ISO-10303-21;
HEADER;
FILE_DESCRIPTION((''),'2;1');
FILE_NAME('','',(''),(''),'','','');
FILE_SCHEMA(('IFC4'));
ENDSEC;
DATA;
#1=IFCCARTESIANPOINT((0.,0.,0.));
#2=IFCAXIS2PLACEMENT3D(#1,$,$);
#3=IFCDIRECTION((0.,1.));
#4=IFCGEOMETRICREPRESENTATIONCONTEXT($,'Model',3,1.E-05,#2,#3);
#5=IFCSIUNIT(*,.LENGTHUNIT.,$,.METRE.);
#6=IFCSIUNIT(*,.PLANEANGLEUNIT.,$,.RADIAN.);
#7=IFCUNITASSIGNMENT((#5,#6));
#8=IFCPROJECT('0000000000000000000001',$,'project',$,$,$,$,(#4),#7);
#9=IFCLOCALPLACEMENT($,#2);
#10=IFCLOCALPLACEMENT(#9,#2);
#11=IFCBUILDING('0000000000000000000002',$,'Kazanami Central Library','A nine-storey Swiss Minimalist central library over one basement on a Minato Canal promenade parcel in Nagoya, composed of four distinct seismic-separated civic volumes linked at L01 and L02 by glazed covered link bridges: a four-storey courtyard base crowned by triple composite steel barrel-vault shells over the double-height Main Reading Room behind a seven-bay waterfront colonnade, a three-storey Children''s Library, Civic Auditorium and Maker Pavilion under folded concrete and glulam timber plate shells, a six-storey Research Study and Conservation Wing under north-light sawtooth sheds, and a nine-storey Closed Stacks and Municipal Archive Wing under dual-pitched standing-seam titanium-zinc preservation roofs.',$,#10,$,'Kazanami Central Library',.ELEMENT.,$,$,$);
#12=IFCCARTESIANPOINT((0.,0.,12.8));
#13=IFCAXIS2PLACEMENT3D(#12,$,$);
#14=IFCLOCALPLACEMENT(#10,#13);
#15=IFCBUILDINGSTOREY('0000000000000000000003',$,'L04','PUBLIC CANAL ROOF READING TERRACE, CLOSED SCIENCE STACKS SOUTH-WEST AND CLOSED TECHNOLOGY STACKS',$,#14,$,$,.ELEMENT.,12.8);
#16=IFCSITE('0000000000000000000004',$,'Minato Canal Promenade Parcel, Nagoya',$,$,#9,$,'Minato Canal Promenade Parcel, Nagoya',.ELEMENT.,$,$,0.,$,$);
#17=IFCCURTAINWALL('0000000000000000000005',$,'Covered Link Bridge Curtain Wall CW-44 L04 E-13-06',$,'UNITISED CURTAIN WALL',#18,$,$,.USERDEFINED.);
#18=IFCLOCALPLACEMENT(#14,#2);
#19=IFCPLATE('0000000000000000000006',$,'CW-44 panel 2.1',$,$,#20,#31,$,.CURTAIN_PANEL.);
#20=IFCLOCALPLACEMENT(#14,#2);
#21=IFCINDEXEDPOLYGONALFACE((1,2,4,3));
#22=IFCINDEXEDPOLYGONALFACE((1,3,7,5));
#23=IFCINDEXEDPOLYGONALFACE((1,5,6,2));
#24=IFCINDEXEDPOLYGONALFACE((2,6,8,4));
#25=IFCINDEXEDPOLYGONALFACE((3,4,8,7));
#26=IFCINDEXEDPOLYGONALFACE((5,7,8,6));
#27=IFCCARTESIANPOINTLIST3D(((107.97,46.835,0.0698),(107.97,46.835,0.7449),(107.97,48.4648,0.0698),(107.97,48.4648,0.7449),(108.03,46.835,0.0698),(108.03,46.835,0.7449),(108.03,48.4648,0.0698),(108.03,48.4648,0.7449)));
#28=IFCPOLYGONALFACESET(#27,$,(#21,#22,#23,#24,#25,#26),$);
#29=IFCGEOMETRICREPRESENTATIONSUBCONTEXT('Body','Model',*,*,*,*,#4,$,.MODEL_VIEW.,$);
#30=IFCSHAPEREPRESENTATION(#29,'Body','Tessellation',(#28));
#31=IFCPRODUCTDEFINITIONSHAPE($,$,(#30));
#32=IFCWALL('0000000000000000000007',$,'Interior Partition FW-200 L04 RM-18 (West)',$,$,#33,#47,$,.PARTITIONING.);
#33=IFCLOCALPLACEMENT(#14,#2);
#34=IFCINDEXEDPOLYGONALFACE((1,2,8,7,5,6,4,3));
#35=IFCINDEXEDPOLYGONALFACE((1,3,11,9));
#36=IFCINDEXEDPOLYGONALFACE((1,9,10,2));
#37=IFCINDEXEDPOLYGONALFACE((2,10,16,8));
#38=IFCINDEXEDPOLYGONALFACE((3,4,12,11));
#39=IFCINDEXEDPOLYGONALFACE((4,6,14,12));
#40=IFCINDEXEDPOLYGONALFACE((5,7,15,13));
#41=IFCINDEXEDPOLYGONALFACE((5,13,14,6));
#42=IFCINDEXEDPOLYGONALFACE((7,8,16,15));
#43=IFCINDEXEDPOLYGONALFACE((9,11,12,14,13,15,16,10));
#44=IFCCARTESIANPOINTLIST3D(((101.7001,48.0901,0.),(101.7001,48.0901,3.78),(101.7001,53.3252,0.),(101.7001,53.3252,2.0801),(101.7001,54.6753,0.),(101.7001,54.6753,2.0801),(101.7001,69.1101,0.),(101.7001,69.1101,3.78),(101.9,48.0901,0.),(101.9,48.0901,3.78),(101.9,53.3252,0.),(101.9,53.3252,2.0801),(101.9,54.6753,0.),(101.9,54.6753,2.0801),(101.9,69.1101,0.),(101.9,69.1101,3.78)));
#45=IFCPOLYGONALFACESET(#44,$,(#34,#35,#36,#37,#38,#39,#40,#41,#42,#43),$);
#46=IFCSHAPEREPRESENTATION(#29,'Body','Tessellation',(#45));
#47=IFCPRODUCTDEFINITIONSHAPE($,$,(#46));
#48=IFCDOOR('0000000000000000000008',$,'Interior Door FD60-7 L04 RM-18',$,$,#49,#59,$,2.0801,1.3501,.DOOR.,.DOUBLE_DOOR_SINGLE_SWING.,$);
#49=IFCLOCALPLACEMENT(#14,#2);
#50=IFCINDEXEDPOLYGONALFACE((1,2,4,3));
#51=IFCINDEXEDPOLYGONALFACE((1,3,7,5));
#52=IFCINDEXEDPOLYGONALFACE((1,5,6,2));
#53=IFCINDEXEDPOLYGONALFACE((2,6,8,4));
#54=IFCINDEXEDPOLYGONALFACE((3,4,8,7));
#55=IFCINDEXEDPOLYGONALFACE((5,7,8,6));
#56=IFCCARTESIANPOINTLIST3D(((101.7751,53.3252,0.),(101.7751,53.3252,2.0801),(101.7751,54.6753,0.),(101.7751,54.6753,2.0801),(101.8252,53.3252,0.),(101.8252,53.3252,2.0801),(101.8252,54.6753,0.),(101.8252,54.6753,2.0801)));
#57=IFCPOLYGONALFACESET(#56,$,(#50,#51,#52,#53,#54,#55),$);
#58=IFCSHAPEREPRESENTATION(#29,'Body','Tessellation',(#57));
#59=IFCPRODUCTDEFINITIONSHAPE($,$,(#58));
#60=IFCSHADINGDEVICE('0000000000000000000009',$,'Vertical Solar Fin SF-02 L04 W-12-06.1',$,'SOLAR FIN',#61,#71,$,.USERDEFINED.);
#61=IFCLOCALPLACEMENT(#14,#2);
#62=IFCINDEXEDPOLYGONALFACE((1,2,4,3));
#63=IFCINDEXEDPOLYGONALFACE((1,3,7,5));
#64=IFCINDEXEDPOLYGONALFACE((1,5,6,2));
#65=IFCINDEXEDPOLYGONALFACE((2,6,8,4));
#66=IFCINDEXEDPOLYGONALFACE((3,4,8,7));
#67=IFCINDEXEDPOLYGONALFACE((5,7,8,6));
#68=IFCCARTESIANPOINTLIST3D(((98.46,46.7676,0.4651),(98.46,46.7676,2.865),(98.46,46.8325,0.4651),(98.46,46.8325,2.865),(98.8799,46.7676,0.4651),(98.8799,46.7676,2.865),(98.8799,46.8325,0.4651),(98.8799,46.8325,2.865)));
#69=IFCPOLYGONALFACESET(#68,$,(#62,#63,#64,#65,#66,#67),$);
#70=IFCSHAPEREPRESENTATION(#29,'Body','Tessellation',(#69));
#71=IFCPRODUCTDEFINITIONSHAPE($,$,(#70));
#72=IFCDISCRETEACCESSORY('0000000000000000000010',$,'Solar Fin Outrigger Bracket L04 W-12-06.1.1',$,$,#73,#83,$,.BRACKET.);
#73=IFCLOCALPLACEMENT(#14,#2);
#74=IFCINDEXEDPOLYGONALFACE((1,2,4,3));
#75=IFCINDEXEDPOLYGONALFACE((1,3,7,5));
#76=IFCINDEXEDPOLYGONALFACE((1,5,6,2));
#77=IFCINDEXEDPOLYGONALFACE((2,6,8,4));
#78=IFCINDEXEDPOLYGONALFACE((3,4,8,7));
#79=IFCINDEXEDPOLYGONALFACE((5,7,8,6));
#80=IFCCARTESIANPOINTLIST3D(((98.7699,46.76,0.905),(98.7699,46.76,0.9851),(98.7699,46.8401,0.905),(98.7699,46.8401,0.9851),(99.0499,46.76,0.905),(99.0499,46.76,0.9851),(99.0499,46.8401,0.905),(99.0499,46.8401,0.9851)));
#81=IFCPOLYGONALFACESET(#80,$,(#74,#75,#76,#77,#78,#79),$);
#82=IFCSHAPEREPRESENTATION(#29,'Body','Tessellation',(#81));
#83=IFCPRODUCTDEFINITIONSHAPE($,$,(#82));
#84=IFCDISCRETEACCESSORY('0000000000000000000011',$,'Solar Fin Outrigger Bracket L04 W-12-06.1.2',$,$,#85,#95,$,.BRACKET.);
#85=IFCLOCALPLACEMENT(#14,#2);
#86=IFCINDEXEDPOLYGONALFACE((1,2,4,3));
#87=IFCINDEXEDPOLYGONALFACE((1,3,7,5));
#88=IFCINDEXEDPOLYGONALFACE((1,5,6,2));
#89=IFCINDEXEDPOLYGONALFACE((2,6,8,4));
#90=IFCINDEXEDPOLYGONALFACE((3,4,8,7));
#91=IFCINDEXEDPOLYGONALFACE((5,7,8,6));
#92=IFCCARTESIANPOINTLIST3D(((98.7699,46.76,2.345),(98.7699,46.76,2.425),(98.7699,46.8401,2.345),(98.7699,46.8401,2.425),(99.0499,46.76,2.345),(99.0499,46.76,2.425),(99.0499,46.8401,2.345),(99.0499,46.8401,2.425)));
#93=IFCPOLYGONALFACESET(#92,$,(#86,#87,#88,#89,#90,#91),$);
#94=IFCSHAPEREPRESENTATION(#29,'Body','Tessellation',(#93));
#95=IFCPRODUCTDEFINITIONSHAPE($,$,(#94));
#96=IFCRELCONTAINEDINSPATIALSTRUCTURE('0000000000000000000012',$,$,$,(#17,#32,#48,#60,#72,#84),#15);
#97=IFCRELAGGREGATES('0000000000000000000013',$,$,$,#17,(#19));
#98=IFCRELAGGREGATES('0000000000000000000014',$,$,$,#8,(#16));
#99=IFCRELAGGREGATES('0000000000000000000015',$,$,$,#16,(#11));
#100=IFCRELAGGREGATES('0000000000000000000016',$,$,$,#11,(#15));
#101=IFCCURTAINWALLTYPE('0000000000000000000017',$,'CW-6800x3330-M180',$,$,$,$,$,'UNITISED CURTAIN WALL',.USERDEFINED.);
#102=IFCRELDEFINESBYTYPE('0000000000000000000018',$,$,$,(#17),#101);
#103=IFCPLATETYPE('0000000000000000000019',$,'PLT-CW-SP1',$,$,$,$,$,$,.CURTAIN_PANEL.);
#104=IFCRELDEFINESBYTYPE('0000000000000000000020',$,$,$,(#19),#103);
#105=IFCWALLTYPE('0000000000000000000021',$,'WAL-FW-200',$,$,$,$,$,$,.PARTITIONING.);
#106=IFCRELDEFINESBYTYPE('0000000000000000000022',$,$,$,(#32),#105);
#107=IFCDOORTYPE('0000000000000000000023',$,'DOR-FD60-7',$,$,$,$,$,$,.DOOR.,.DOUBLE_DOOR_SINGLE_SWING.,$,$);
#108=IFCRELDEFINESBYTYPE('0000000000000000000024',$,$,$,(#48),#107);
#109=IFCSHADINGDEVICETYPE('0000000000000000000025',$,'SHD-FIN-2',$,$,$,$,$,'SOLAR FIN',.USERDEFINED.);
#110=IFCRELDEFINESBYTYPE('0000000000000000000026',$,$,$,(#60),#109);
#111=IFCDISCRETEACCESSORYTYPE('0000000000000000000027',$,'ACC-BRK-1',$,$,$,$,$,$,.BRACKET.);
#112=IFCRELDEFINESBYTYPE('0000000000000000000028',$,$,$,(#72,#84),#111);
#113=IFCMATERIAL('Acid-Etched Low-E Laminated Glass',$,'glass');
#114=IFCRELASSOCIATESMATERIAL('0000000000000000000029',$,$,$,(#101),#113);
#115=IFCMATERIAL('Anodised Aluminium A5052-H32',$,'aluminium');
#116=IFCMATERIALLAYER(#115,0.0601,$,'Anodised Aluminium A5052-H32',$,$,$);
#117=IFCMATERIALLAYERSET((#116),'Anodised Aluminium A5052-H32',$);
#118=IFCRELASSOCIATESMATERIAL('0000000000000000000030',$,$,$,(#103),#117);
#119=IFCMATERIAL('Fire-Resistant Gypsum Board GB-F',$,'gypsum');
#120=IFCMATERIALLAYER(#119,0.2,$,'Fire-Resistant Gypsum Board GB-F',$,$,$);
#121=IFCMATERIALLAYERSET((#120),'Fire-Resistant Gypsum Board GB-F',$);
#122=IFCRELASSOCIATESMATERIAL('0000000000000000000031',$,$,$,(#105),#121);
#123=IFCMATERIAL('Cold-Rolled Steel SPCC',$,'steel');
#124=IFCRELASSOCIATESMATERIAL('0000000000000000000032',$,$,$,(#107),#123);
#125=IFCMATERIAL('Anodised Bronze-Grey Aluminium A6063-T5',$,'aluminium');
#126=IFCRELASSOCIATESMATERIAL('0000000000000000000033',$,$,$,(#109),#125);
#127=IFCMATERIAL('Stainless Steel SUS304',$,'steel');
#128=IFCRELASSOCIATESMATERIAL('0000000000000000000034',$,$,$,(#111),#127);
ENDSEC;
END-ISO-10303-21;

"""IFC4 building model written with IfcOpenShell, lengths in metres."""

from ifc_helpers import new_model, si_unit, direction, frame, frame_2d, origin, origin_2d, place, context, subcontext, project, spatial, rectangle, extrude, material, layer, layer_set, type_object, element, fill, aggregate, save


model = new_model("IFC4")

# Units and contexts
model_context = context("Model", 3, precision=1e-05, world=origin(), true_north=direction((0.0, 1.0)))
body_context = subcontext(model_context, "Body", "Model", "MODEL_VIEW")
ifc_project = project(units=[si_unit("LENGTHUNIT", "METRE"), si_unit("PLANEANGLEUNIT", "RADIAN")], contexts=[model_context])

# Site, building, storey
site_placement = place(None, origin())
site = spatial("IfcSite", under=ifc_project, at=site_placement, Name="Minato Canal Promenade Parcel, Nagoya", LongName="Minato Canal Promenade Parcel, Nagoya", CompositionType="ELEMENT", RefElevation=0.0)
building_placement = place(site_placement, origin())
building = spatial("IfcBuilding", under=site, at=building_placement, Name="Kazanami Central Library", Description="A nine-storey Swiss Minimalist central library over one basement on a Minato Canal promenade parcel in Nagoya, composed of four distinct seismic-separated civic volumes linked at L01 and L02 by glazed covered link bridges: a four-storey courtyard base crowned by triple composite steel barrel-vault shells over the double-height Main Reading Room behind a seven-bay waterfront colonnade, a three-storey Children's Library, Civic Auditorium and Maker Pavilion under folded concrete and glulam timber plate shells, a six-storey Research Study and Conservation Wing under north-light sawtooth sheds, and a nine-storey Closed Stacks and Municipal Archive Wing under dual-pitched standing-seam titanium-zinc preservation roofs.", LongName="Kazanami Central Library", CompositionType="ELEMENT")
storey_placement = place(building_placement, frame((0.0, 0.0, 12.8)))
storey = spatial("IfcBuildingStorey", under=building, at=storey_placement, Name="L04", Description="PUBLIC CANAL ROOF READING TERRACE, CLOSED SCIENCE STACKS SOUTH-WEST AND CLOSED TECHNOLOGY STACKS", CompositionType="ELEMENT", Elevation=12.8)

# Curtain wall
ifc_material_1 = material(Name="Acid-Etched Low-E Laminated Glass", Category="glass")
curtain_wall_type_1 = type_object("IfcCurtainWallType", Name="CW-6800x3330-M180", ElementType="UNITISED CURTAIN WALL", PredefinedType="USERDEFINED", material=ifc_material_1)
curtain_wall_1_placement = place(storey_placement, origin())
curtain_wall_1 = element("IfcCurtainWall", 1, at=curtain_wall_1_placement, inside=storey, type_object=curtain_wall_type_1, Name="Covered Link Bridge Curtain Wall CW-44 L04 E-13-06", ObjectType="UNITISED CURTAIN WALL", PredefinedType="USERDEFINED")

# Plate
ifc_material_2 = material(Name="Anodised Aluminium A5052-H32", Category="aluminium")
ifc_layer_1 = layer(ifc_material_2, 0.0601, Name="Anodised Aluminium A5052-H32")
ifc_layer_set_1 = layer_set([ifc_layer_1], Name="Anodised Aluminium A5052-H32")
plate_type_1 = type_object("IfcPlateType", Name="PLT-CW-SP1", PredefinedType="CURTAIN_PANEL", material=ifc_layer_set_1)
plate_1_placement = place(storey_placement, frame((108.0, 47.6499, 0.0698), z_axis=(0.0, 0.0, 1.0), x_axis=(0.0, -1.0, 0.0)))
plate_1 = element("IfcPlate", 2, at=plate_1_placement, type_object=plate_type_1, Name="CW-44 panel 2.1", PredefinedType="CURTAIN_PANEL", context=body_context, shape_type="SweptSolid", body=[
    extrude(rectangle(XDim=1.6299, YDim=0.0601, at=origin_2d()), origin(), (0.0, 0.0, 1.0), 0.675),
])
aggregate(curtain_wall_1, [plate_1])

# Wall, opening, door
ifc_material_3 = material(Name="Fire-Resistant Gypsum Board GB-F", Category="gypsum")
ifc_material_4 = material(Name="Cold-Rolled Steel SPCC", Category="steel")
ifc_layer_2 = layer(ifc_material_3, 0.2, Name="Fire-Resistant Gypsum Board GB-F")
ifc_layer_set_2 = layer_set([ifc_layer_2], Name="Fire-Resistant Gypsum Board GB-F")
wall_type_1 = type_object("IfcWallType", Name="WAL-FW-200", PredefinedType="PARTITIONING", material=ifc_layer_set_2)
wall_1_placement = place(storey_placement, frame((101.8, 48.0901, 0.0), z_axis=(0.0, 0.0, 1.0), x_axis=(0.0, 1.0, 0.0)))
wall_1 = element("IfcWall", 3, at=wall_1_placement, inside=storey, type_object=wall_type_1, Name="Interior Partition FW-200 L04 RM-18 (West)", PredefinedType="PARTITIONING", context=body_context, shape_type="SweptSolid", body=[
    extrude(rectangle(XDim=21.02, YDim=0.2, at=frame_2d((10.51, 0.0))), origin(), (0.0, 0.0, 1.0), 3.78),
])
opening_1_placement = place(wall_1_placement, frame((5.2351, 0.0, 0.0)))
opening_1 = element("IfcOpeningElement", 4, at=opening_1_placement, cuts=wall_1, PredefinedType="OPENING", context=body_context, shape_type="SweptSolid", body=[
    extrude(rectangle(XDim=1.3501, YDim=2.0801, at=frame_2d((0.675, 1.04))), frame((0.0, 0.1118, 0.0), z_axis=(0.0, -1.0, 0.0), x_axis=(1.0, 0.0, 0.0)), (0.0, 0.0, 1.0), 0.2239),
])
door_type_1 = type_object("IfcDoorType", Name="DOR-FD60-7", OperationType="DOUBLE_DOOR_SINGLE_SWING", PredefinedType="DOOR", material=ifc_material_4)
door_1_placement = place(opening_1_placement, origin())
door_1 = element("IfcDoor", 5, at=door_1_placement, inside=storey, type_object=door_type_1, Name="Interior Door FD60-7 L04 RM-18", OperationType="DOUBLE_DOOR_SINGLE_SWING", OverallHeight=2.0801, OverallWidth=1.3501, PredefinedType="DOOR", context=body_context, shape_type="SweptSolid", body=[
    extrude(rectangle(XDim=1.3501, YDim=2.0801, at=frame_2d((0.675, 1.04))), frame((0.0, 0.0249, 0.0), z_axis=(0.0, -1.0, 0.0), x_axis=(1.0, 0.0, 0.0)), (0.0, 0.0, 1.0), 0.05),
])
fill(opening_1, door_1)

# Shading device
ifc_material_5 = material(Name="Anodised Bronze-Grey Aluminium A6063-T5", Category="aluminium")
shading_device_type = type_object("IfcShadingDeviceType", Name="SHD-FIN-2", ElementType="SOLAR FIN", PredefinedType="USERDEFINED", material=ifc_material_5)
shading_device_placement = place(storey_placement, frame((98.6699, 46.8, 0.4651), z_axis=(0.0, 0.0, 1.0), x_axis=(0.0, 1.0, 0.0)))
element("IfcShadingDevice", 6, at=shading_device_placement, inside=storey, type_object=shading_device_type, Name="Vertical Solar Fin SF-02 L04 W-12-06.1", ObjectType="SOLAR FIN", PredefinedType="USERDEFINED", context=body_context, shape_type="SweptSolid", body=[
    extrude(rectangle(XDim=0.0649, YDim=0.4199, at=origin_2d()), origin(), (0.0, 0.0, 1.0), 2.3999),
])

# Discrete accessories
ifc_material_6 = material(Name="Stainless Steel SUS304", Category="steel")
discrete_accessory_type = type_object("IfcDiscreteAccessoryType", Name="ACC-BRK-1", PredefinedType="BRACKET", material=ifc_material_6)
for number, where, z_axis, x_axis, name in (
    (7, (98.9099, 46.8, 0.905), (0.0, 0.0, 1.0), (0.0, 1.0, 0.0), "Solar Fin Outrigger Bracket L04 W-12-06.1.1"),
    (8, (98.9099, 46.8, 2.345), (0.0, 0.0, 1.0), (0.0, 1.0, 0.0), "Solar Fin Outrigger Bracket L04 W-12-06.1.2"),
):
    element("IfcDiscreteAccessory", number, at=place(storey_placement, frame(where, z_axis=z_axis, x_axis=x_axis)), inside=storey, type_object=discrete_accessory_type, Name=name, PredefinedType="BRACKET", context=body_context, shape_type="SweptSolid", body=[
        extrude(rectangle(XDim=0.0801, YDim=0.28, at=origin_2d()), origin(), (0.0, 0.0, 1.0), 0.0801),
    ])

save(model, "model.ifc")
